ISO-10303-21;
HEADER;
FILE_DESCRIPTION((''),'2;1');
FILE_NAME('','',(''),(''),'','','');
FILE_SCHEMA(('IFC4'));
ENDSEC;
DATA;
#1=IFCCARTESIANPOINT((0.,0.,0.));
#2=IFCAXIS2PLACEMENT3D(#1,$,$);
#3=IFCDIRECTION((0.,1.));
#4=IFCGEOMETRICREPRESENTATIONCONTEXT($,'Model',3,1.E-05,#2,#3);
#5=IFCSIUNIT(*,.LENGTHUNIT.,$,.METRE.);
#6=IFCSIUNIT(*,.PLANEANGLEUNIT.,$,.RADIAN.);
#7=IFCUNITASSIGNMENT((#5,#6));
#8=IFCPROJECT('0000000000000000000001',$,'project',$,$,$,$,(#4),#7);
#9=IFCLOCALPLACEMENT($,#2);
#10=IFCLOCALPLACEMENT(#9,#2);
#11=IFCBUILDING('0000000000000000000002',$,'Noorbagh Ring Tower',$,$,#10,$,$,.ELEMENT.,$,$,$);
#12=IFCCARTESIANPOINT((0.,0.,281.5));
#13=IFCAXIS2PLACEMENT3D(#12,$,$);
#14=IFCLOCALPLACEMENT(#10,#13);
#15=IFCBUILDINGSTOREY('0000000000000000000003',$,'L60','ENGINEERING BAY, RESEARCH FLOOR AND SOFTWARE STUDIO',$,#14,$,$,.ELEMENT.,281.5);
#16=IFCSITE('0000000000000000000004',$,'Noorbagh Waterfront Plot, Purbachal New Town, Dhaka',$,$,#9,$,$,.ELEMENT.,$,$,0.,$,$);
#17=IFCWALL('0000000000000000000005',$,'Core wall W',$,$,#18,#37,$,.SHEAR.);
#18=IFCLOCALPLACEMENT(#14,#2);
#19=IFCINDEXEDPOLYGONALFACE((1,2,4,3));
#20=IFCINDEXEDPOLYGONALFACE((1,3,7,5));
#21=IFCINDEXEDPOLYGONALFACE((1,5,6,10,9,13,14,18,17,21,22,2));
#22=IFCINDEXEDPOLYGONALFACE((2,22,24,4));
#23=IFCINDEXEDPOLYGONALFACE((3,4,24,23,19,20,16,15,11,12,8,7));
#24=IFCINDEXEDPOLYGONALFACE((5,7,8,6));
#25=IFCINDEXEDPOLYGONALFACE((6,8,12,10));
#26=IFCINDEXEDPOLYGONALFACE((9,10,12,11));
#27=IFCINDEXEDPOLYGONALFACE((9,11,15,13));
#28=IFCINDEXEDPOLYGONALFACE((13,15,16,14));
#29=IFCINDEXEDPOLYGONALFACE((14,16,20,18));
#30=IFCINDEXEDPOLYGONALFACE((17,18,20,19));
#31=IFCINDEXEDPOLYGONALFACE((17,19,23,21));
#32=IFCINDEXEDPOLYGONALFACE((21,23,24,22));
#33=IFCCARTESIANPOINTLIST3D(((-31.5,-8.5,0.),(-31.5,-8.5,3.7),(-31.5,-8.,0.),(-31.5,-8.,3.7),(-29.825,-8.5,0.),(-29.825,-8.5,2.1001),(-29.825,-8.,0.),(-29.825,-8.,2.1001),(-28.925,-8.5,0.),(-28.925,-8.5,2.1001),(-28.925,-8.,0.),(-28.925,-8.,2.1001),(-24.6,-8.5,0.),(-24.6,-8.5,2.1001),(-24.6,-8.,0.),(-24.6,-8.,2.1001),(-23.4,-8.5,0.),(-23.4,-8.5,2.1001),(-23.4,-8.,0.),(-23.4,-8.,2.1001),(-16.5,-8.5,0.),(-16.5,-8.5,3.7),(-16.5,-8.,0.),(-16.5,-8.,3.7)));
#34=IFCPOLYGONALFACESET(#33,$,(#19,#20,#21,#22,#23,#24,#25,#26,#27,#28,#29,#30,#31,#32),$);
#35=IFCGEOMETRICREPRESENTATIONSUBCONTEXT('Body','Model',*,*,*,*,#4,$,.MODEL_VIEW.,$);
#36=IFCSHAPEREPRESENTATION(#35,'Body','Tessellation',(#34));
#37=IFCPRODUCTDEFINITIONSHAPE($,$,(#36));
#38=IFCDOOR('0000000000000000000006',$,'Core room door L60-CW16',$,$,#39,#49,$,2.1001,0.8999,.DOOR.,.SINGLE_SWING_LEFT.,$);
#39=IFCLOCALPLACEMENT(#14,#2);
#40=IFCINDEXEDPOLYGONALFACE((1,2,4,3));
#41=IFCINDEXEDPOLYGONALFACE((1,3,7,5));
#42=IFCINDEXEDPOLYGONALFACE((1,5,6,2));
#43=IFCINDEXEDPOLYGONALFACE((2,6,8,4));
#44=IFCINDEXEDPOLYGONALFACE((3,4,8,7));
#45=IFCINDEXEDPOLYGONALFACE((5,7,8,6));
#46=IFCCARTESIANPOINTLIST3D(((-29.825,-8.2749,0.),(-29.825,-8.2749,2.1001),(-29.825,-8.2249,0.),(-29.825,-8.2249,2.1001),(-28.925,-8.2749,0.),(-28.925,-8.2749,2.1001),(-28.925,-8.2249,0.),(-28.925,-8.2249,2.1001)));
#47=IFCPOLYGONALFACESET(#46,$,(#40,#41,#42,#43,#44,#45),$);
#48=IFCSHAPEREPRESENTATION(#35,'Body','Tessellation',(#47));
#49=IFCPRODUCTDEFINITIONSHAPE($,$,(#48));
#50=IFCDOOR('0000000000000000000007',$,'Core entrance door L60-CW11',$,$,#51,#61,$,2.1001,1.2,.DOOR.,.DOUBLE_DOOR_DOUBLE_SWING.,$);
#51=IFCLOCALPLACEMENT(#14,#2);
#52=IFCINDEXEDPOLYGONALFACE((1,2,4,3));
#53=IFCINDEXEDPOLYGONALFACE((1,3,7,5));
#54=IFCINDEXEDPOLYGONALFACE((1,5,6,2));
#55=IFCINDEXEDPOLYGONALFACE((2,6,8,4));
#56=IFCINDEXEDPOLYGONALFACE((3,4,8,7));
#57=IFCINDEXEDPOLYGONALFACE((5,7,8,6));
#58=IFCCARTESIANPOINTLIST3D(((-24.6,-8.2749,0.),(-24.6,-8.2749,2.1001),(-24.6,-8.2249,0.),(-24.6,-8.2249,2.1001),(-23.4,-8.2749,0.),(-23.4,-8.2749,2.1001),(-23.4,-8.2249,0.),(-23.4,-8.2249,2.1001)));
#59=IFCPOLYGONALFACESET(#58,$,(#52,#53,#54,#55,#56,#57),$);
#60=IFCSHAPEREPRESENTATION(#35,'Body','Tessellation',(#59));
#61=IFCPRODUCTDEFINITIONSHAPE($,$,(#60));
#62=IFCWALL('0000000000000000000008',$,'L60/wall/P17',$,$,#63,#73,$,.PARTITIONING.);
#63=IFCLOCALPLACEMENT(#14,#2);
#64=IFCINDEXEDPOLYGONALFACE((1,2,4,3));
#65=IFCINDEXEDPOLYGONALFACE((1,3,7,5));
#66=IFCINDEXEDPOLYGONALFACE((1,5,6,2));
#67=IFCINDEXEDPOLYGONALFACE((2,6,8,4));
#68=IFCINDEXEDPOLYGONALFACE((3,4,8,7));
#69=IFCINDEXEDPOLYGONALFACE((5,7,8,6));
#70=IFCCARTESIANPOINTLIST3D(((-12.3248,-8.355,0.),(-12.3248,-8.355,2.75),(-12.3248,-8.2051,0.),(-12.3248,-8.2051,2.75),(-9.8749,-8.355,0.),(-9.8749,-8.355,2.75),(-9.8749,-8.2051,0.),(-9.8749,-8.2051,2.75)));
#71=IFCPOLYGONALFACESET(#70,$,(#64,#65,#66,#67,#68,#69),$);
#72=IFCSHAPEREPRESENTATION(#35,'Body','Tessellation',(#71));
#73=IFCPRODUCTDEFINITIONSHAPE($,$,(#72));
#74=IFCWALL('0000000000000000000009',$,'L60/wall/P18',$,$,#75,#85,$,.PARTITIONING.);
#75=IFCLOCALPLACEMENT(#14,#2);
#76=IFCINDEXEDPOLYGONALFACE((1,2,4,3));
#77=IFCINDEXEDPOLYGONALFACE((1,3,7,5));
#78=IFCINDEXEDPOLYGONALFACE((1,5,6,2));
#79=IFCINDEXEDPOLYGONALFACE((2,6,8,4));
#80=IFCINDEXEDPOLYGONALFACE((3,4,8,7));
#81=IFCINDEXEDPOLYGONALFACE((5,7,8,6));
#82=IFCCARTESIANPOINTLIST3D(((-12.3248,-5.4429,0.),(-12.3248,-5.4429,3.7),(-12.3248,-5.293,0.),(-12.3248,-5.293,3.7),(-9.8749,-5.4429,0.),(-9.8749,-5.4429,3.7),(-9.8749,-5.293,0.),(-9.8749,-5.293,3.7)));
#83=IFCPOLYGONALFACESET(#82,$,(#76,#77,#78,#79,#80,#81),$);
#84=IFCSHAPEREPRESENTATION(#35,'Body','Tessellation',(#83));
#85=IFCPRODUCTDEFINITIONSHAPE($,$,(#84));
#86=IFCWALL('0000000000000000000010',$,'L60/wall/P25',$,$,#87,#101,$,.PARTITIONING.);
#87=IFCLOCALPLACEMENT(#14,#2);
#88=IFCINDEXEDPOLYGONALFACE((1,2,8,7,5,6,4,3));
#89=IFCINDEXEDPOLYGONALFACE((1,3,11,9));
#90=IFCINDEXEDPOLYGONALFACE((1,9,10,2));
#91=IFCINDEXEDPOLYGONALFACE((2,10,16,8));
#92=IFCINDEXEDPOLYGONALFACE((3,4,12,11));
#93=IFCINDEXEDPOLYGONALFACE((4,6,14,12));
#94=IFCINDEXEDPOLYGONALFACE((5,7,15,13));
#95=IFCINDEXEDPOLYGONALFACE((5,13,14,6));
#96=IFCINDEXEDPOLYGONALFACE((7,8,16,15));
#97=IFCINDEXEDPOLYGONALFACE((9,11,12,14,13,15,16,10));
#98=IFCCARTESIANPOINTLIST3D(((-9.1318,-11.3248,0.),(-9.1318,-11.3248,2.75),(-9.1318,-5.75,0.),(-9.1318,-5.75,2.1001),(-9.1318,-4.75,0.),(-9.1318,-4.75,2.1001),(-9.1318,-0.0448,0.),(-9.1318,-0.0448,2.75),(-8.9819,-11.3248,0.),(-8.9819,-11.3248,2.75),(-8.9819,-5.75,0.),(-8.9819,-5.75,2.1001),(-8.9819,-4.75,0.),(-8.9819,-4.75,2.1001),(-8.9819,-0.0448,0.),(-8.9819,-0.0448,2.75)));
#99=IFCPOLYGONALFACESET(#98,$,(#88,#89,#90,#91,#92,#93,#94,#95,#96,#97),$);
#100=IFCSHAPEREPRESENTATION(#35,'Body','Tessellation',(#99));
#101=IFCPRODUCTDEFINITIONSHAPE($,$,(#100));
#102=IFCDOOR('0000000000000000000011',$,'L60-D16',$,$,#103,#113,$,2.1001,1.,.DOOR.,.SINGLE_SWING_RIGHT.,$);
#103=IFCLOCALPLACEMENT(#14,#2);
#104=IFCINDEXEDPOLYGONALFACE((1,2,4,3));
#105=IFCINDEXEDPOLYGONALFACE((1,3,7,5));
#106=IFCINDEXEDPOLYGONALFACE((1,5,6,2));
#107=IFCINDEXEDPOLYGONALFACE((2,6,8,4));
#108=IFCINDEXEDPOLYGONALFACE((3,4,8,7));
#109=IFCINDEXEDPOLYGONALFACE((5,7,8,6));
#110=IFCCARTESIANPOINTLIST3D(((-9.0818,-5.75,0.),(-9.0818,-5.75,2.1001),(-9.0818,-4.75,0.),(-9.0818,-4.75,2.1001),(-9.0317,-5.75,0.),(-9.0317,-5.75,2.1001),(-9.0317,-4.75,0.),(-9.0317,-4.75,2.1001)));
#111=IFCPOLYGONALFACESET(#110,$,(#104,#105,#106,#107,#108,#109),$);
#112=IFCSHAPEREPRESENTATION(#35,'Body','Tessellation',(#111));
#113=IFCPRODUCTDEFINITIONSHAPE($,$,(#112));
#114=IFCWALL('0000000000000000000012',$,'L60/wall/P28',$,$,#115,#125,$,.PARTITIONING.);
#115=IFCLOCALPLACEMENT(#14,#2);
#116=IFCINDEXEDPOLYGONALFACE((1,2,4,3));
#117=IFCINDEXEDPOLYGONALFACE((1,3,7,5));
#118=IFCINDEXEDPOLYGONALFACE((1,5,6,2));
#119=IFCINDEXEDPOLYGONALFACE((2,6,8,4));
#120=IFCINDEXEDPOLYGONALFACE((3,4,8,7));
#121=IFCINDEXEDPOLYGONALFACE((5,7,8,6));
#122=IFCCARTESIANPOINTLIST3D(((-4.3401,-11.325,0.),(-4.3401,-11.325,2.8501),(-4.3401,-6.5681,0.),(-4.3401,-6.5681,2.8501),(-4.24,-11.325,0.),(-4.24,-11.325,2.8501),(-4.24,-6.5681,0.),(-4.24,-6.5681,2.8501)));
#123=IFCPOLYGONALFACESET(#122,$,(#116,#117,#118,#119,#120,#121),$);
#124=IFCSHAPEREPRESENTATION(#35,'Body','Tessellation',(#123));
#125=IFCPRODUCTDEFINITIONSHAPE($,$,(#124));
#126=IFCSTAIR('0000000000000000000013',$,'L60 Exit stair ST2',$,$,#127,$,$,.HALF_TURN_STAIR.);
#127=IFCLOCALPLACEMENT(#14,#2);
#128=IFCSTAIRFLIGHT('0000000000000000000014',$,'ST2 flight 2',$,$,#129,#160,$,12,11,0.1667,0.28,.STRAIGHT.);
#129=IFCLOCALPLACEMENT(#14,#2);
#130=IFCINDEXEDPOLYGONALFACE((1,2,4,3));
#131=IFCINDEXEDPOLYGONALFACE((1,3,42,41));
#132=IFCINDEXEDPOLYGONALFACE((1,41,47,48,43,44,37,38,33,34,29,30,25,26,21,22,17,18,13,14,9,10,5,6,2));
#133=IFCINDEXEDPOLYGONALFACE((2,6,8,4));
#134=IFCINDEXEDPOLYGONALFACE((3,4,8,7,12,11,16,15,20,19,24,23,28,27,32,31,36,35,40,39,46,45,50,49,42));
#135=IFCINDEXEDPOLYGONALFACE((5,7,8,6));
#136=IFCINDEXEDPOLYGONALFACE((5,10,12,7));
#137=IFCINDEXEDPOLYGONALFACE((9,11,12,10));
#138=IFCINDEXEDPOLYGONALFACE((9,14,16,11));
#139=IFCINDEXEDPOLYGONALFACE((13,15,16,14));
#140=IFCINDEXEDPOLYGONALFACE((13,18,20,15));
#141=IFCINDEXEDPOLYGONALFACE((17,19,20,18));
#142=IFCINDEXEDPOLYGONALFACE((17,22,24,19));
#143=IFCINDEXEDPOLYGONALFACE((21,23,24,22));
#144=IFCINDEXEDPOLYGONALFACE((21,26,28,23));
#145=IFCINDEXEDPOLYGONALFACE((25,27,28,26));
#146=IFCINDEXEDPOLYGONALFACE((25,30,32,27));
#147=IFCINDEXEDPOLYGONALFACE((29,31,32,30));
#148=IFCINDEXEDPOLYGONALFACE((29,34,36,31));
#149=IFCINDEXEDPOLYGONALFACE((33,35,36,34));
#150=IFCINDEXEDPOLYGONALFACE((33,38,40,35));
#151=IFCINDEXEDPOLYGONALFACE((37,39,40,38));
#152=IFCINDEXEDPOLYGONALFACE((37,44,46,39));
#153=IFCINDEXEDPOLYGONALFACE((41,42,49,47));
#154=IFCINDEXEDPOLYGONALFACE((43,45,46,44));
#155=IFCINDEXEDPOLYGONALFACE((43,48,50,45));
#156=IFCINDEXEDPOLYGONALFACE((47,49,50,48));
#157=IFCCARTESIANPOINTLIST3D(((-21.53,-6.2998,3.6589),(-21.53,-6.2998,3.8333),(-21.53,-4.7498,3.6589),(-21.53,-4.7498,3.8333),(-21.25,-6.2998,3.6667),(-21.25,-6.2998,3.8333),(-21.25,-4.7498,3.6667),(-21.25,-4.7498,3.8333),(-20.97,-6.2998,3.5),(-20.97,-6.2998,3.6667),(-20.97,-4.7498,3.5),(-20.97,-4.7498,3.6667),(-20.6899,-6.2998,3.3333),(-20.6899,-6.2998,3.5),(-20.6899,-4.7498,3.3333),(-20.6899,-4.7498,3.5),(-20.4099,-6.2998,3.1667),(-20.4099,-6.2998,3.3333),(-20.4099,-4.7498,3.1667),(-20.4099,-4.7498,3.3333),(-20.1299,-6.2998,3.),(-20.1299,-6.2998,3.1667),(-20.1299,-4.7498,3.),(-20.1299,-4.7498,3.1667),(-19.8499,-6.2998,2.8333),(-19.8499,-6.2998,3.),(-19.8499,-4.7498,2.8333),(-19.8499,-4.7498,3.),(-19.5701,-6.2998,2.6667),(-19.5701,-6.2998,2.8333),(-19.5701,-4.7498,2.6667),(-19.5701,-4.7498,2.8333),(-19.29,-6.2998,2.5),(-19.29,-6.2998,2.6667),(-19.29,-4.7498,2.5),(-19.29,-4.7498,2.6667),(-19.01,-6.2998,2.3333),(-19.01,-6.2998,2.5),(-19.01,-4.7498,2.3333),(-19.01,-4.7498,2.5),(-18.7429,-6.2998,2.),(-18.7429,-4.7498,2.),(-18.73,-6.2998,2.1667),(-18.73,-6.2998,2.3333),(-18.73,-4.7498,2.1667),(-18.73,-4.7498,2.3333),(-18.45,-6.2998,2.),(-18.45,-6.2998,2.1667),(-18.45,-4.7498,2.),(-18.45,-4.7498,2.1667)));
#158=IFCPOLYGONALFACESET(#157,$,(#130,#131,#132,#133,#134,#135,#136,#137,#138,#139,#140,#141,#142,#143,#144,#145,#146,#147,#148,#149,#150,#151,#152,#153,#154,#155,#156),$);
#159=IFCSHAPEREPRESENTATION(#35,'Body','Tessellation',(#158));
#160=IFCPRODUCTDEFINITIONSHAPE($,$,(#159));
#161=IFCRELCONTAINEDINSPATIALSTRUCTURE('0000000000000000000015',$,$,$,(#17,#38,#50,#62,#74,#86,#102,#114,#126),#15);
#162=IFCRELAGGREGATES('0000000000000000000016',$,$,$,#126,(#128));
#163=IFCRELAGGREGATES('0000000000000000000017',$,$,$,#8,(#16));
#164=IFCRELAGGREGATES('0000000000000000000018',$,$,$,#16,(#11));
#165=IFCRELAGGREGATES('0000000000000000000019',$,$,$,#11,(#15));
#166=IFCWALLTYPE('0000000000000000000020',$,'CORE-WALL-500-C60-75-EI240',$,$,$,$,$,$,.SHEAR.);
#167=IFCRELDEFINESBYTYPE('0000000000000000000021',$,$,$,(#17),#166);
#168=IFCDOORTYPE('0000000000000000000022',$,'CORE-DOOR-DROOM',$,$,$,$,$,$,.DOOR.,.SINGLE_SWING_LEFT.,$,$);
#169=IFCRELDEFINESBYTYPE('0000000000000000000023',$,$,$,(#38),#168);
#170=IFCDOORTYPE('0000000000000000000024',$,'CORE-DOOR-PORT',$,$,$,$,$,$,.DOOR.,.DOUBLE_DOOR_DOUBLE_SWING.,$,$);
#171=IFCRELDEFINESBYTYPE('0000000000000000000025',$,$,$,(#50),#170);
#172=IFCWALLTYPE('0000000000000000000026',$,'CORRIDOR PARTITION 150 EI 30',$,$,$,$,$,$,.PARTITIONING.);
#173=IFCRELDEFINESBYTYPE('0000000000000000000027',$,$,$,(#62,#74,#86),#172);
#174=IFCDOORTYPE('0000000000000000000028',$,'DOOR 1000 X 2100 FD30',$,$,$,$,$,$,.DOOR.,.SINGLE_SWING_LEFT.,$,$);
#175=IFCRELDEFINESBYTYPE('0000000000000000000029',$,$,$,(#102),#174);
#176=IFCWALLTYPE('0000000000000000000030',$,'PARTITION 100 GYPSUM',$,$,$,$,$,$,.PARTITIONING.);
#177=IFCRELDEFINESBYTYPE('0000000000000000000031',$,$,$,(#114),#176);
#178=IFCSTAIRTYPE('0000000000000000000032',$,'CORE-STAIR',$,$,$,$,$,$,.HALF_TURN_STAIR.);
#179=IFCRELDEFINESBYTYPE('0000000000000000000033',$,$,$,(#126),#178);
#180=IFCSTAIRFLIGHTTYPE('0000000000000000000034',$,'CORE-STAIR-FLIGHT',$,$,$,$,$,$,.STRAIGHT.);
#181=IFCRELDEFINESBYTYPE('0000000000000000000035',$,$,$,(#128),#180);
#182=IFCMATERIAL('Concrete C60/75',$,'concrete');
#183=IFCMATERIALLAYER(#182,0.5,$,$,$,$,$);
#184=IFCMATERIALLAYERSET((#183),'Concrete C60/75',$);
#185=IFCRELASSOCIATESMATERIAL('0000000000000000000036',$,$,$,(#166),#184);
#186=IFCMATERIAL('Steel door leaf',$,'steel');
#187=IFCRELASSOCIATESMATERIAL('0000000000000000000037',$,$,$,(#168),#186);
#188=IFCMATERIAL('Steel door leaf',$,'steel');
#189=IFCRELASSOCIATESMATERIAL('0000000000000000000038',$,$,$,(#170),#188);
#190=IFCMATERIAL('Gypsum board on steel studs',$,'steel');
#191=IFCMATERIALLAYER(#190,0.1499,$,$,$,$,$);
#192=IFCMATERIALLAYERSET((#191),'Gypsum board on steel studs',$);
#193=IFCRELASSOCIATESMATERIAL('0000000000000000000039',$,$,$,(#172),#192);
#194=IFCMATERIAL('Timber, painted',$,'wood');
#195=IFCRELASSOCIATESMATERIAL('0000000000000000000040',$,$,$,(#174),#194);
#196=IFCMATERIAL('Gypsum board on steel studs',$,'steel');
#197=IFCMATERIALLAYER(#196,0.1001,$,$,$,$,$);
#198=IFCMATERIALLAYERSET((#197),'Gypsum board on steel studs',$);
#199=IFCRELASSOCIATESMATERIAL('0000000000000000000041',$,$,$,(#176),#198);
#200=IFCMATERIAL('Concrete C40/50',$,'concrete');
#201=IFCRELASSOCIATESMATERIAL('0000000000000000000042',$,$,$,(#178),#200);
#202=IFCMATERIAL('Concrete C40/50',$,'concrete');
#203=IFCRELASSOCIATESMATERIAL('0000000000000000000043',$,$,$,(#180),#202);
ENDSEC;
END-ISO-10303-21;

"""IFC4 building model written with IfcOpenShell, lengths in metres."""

from ifc_helpers import new_model, si_unit, direction, frame, frame_2d, origin, place, context, subcontext, project, spatial, polyline, rectangle, outline, extrude, material, layer, layer_set, type_object, element, fill, aggregate, save


model = new_model("IFC4")

# Units and contexts
model_context = context("Model", 3, precision=1e-05, world=origin(), true_north=direction((0.0, 1.0)))
body_context = subcontext(model_context, "Body", "Model", "MODEL_VIEW")
ifc_project = project(units=[si_unit("LENGTHUNIT", "METRE"), si_unit("PLANEANGLEUNIT", "RADIAN")], contexts=[model_context])

# Site, building, storey
site_placement = place(None, origin())
site = spatial("IfcSite", under=ifc_project, at=site_placement, Name="Noorbagh Waterfront Plot, Purbachal New Town, Dhaka", CompositionType="ELEMENT", RefElevation=0.0)
building_placement = place(site_placement, origin())
building = spatial("IfcBuilding", under=site, at=building_placement, Name="Noorbagh Ring Tower", CompositionType="ELEMENT")
storey_placement = place(building_placement, frame((0.0, 0.0, 281.5)))
storey = spatial("IfcBuildingStorey", under=building, at=storey_placement, Name="L60", Description="ENGINEERING BAY, RESEARCH FLOOR AND SOFTWARE STUDIO", CompositionType="ELEMENT", Elevation=281.5)

# Wall, openings, doors
ifc_material_1 = material(Name="Concrete C60/75", Category="concrete")
ifc_layer_1 = layer(ifc_material_1, 0.5)
ifc_layer_set_1 = layer_set([ifc_layer_1], Name="Concrete C60/75")
wall_type_1 = type_object("IfcWallType", Name="CORE-WALL-500-C60-75-EI240", PredefinedType="SHEAR", material=ifc_layer_set_1)
wall_1_placement = place(storey_placement, frame((-16.5, -8.25, 0.0), z_axis=(0.0, 0.0, 1.0), x_axis=(-1.0, 0.0, 0.0)))
wall_1 = element("IfcWall", 1, at=wall_1_placement, inside=storey, type_object=wall_type_1, Name="Core wall W", PredefinedType="SHEAR", context=body_context, shape_type="SweptSolid", body=[
    extrude(rectangle(XDim=15.0, YDim=0.5, at=frame_2d((7.5, 0.0))), origin(), (0.0, 0.0, 1.0), 3.7),
])
opening_1_placement = place(wall_1_placement, frame((6.8999, 0.0, 0.0)))
opening_1 = element("IfcOpeningElement", 2, at=opening_1_placement, cuts=wall_1, PredefinedType="OPENING", context=body_context, shape_type="SweptSolid", body=[
    extrude(rectangle(XDim=1.2, YDim=2.1001, at=frame_2d((0.6001, 1.05))), frame((0.0, 0.26, 0.0), z_axis=(0.0, -1.0, 0.0), x_axis=(1.0, 0.0, 0.0)), (0.0, 0.0, 1.0), 0.52),
])
opening_2_placement = place(wall_1_placement, frame((12.425, 0.0, 0.0)))
opening_2 = element("IfcOpeningElement", 3, at=opening_2_placement, cuts=wall_1, PredefinedType="OPENING", context=body_context, shape_type="SweptSolid", body=[
    extrude(rectangle(XDim=0.8999, YDim=2.1001, at=frame_2d((0.45, 1.05))), frame((0.0, 0.26, 0.0), z_axis=(0.0, -1.0, 0.0), x_axis=(1.0, 0.0, 0.0)), (0.0, 0.0, 1.0), 0.52),
])
ifc_material_2 = material(Name="Steel door leaf", Category="steel")
door_type_1 = type_object("IfcDoorType", Name="CORE-DOOR-DROOM", OperationType="SINGLE_SWING_LEFT", PredefinedType="DOOR", material=ifc_material_2)
door_1_placement = place(opening_2_placement, origin())
door_1 = element("IfcDoor", 4, at=door_1_placement, inside=storey, type_object=door_type_1, Name="Core room door L60-CW16", OperationType="SINGLE_SWING_LEFT", OverallHeight=2.1001, OverallWidth=0.8999, PredefinedType="DOOR", context=body_context, shape_type="SweptSolid", body=[
    extrude(rectangle(XDim=0.8999, YDim=2.1001, at=frame_2d((0.45, 1.05))), frame((0.0, 0.0249, 0.0), z_axis=(0.0, -1.0, 0.0), x_axis=(1.0, 0.0, 0.0)), (0.0, 0.0, 1.0), 0.05),
])
fill(opening_2, door_1)
ifc_material_3 = material(Name="Steel door leaf", Category="steel")
door_type_2 = type_object("IfcDoorType", Name="CORE-DOOR-PORT", OperationType="DOUBLE_DOOR_DOUBLE_SWING", PredefinedType="DOOR", material=ifc_material_3)
door_2_placement = place(opening_1_placement, origin())
door_2 = element("IfcDoor", 5, at=door_2_placement, inside=storey, type_object=door_type_2, Name="Core entrance door L60-CW11", OperationType="DOUBLE_DOOR_DOUBLE_SWING", OverallHeight=2.1001, OverallWidth=1.2, PredefinedType="DOOR", context=body_context, shape_type="SweptSolid", body=[
    extrude(rectangle(XDim=1.2, YDim=2.1001, at=frame_2d((0.6001, 1.05))), frame((0.0, 0.0249, 0.0), z_axis=(0.0, -1.0, 0.0), x_axis=(1.0, 0.0, 0.0)), (0.0, 0.0, 1.0), 0.05),
])
fill(opening_1, door_2)

# Walls
ifc_material_4 = material(Name="Gypsum board on steel studs", Category="steel")
ifc_layer_2 = layer(ifc_material_4, 0.1499)
ifc_layer_set_2 = layer_set([ifc_layer_2], Name="Gypsum board on steel studs")
wall_type_2 = type_object("IfcWallType", Name="CORRIDOR PARTITION 150 EI 30", PredefinedType="PARTITIONING", material=ifc_layer_set_2)
wall_2_placement = place(storey_placement, frame((-12.325, -8.28, 0.0), z_axis=(0.0, 0.0, 1.0), x_axis=(1.0, 0.0, 0.0)))
element("IfcWall", 6, at=wall_2_placement, inside=storey, type_object=wall_type_2, Name="L60/wall/P17", PredefinedType="PARTITIONING", context=body_context, shape_type="SweptSolid", body=[
    extrude(rectangle(XDim=2.45, YDim=0.1499, at=frame_2d((1.2251, 0.0))), origin(), (0.0, 0.0, 1.0), 2.75),
])
wall_3_placement = place(storey_placement, frame((-12.325, -5.3679, 0.0), z_axis=(0.0, 0.0, 1.0), x_axis=(1.0, 0.0, 0.0)))
element("IfcWall", 7, at=wall_3_placement, inside=storey, type_object=wall_type_2, Name="L60/wall/P18", PredefinedType="PARTITIONING", context=body_context, shape_type="SweptSolid", body=[
    extrude(rectangle(XDim=2.45, YDim=0.1499, at=frame_2d((1.2251, 0.0))), origin(), (0.0, 0.0, 1.0), 3.7),
])

# Wall, opening, door
wall_4_placement = place(storey_placement, frame((-9.0569, -11.325, 0.0), z_axis=(0.0, 0.0, 1.0), x_axis=(0.0, 1.0, 0.0)))
wall_4 = element("IfcWall", 8, at=wall_4_placement, inside=storey, type_object=wall_type_2, Name="L60/wall/P25", PredefinedType="PARTITIONING", context=body_context, shape_type="SweptSolid", body=[
    extrude(rectangle(XDim=11.28, YDim=0.1499, at=frame_2d((5.6401, 0.0))), origin(), (0.0, 0.0, 1.0), 2.75),
])
opening_3_placement = place(wall_4_placement, frame((5.575, 0.0, 0.0)))
opening_3 = element("IfcOpeningElement", 9, at=opening_3_placement, cuts=wall_4, PredefinedType="OPENING", context=body_context, shape_type="SweptSolid", body=[
    extrude(rectangle(XDim=1.0, YDim=2.1001, at=frame_2d((0.5, 1.05))), frame((0.0, 0.085, 0.0), z_axis=(0.0, -1.0, 0.0), x_axis=(1.0, 0.0, 0.0)), (0.0, 0.0, 1.0), 0.1699),
])
ifc_material_5 = material(Name="Timber, painted", Category="wood")
door_type_3 = type_object("IfcDoorType", Name="DOOR 1000 X 2100 FD30", OperationType="SINGLE_SWING_LEFT", PredefinedType="DOOR", material=ifc_material_5)
door_3_placement = place(opening_3_placement, origin())
door_3 = element("IfcDoor", 10, at=door_3_placement, inside=storey, type_object=door_type_3, Name="L60-D16", OperationType="SINGLE_SWING_RIGHT", OverallHeight=2.1001, OverallWidth=1.0, PredefinedType="DOOR", context=body_context, shape_type="SweptSolid", body=[
    extrude(rectangle(XDim=1.0, YDim=2.1001, at=frame_2d((0.5, 1.05))), frame((0.0, 0.0249, 0.0), z_axis=(0.0, -1.0, 0.0), x_axis=(1.0, 0.0, 0.0)), (0.0, 0.0, 1.0), 0.05),
])
fill(opening_3, door_3)

# Wall
ifc_material_6 = material(Name="Gypsum board on steel studs", Category="steel")
ifc_layer_3 = layer(ifc_material_6, 0.1001)
ifc_layer_set_3 = layer_set([ifc_layer_3], Name="Gypsum board on steel studs")
wall_type_3 = type_object("IfcWallType", Name="PARTITION 100 GYPSUM", PredefinedType="PARTITIONING", material=ifc_layer_set_3)
wall_5_placement = place(storey_placement, frame((-4.29, -11.325, 0.0), z_axis=(0.0, 0.0, 1.0), x_axis=(0.0, 1.0, 0.0)))
element("IfcWall", 11, at=wall_5_placement, inside=storey, type_object=wall_type_3, Name="L60/wall/P28", PredefinedType="PARTITIONING", context=body_context, shape_type="SweptSolid", body=[
    extrude(rectangle(XDim=4.7568, YDim=0.1001, at=frame_2d((2.3784, 0.0))), origin(), (0.0, 0.0, 1.0), 2.8501),
])

# Stair, stair flight
ifc_material_7 = material(Name="Concrete C40/50", Category="concrete")
stair_type = type_object("IfcStairType", Name="CORE-STAIR", PredefinedType="HALF_TURN_STAIR", material=ifc_material_7)
stair_placement = place(storey_placement, origin())
stair = element("IfcStair", 12, at=stair_placement, inside=storey, type_object=stair_type, Name="L60 Exit stair ST2", PredefinedType="HALF_TURN_STAIR")
ifc_material_8 = material(Name="Concrete C40/50", Category="concrete")
stair_flight_type = type_object("IfcStairFlightType", Name="CORE-STAIR-FLIGHT", PredefinedType="STRAIGHT", material=ifc_material_8)
stair_flight_placement = place(storey_placement, frame((-18.45, -5.5249, 2.0), z_axis=(0.0, 0.0, 1.0), x_axis=(-1.0, 0.0, 0.0)))
stair_flight = element("IfcStairFlight", 13, at=stair_flight_placement, type_object=stair_flight_type, Name="ST2 flight 2", NumberOfRisers=12, NumberOfTreads=11, PredefinedType="STRAIGHT", RiserHeight=0.1667, TreadLength=0.28, context=body_context, shape_type="SweptSolid", body=[
    extrude(outline(polyline([(0.0, 0.0), (0.0, 0.1667), (0.28, 0.1667), (0.28, 0.3333), (0.5601, 0.3333), (0.5601, 0.5), (0.8401, 0.5), (0.8401, 0.6667), (1.1201, 0.6667), (1.1201, 0.8333), (1.3999, 0.8333), (1.3999, 1.0), (1.6799, 1.0), (1.6799, 1.1667), (1.96, 1.1667), (1.96, 1.3333), (2.24, 1.3333), (2.24, 1.5), (2.52, 1.5), (2.52, 1.6667), (2.8, 1.6667), (2.8, 1.8333), (3.0801, 1.8333), (3.0801, 2.0), (3.0801, 1.6589), (0.293, 0.0), (0.0, 0.0)])), frame((0.0, 0.7749, 0.0), z_axis=(0.0, -1.0, 0.0), x_axis=(1.0, 0.0, 0.0)), (0.0, 0.0, 1.0), 1.55),
])
aggregate(stair, [stair_flight])

save(model, "model.ifc")
